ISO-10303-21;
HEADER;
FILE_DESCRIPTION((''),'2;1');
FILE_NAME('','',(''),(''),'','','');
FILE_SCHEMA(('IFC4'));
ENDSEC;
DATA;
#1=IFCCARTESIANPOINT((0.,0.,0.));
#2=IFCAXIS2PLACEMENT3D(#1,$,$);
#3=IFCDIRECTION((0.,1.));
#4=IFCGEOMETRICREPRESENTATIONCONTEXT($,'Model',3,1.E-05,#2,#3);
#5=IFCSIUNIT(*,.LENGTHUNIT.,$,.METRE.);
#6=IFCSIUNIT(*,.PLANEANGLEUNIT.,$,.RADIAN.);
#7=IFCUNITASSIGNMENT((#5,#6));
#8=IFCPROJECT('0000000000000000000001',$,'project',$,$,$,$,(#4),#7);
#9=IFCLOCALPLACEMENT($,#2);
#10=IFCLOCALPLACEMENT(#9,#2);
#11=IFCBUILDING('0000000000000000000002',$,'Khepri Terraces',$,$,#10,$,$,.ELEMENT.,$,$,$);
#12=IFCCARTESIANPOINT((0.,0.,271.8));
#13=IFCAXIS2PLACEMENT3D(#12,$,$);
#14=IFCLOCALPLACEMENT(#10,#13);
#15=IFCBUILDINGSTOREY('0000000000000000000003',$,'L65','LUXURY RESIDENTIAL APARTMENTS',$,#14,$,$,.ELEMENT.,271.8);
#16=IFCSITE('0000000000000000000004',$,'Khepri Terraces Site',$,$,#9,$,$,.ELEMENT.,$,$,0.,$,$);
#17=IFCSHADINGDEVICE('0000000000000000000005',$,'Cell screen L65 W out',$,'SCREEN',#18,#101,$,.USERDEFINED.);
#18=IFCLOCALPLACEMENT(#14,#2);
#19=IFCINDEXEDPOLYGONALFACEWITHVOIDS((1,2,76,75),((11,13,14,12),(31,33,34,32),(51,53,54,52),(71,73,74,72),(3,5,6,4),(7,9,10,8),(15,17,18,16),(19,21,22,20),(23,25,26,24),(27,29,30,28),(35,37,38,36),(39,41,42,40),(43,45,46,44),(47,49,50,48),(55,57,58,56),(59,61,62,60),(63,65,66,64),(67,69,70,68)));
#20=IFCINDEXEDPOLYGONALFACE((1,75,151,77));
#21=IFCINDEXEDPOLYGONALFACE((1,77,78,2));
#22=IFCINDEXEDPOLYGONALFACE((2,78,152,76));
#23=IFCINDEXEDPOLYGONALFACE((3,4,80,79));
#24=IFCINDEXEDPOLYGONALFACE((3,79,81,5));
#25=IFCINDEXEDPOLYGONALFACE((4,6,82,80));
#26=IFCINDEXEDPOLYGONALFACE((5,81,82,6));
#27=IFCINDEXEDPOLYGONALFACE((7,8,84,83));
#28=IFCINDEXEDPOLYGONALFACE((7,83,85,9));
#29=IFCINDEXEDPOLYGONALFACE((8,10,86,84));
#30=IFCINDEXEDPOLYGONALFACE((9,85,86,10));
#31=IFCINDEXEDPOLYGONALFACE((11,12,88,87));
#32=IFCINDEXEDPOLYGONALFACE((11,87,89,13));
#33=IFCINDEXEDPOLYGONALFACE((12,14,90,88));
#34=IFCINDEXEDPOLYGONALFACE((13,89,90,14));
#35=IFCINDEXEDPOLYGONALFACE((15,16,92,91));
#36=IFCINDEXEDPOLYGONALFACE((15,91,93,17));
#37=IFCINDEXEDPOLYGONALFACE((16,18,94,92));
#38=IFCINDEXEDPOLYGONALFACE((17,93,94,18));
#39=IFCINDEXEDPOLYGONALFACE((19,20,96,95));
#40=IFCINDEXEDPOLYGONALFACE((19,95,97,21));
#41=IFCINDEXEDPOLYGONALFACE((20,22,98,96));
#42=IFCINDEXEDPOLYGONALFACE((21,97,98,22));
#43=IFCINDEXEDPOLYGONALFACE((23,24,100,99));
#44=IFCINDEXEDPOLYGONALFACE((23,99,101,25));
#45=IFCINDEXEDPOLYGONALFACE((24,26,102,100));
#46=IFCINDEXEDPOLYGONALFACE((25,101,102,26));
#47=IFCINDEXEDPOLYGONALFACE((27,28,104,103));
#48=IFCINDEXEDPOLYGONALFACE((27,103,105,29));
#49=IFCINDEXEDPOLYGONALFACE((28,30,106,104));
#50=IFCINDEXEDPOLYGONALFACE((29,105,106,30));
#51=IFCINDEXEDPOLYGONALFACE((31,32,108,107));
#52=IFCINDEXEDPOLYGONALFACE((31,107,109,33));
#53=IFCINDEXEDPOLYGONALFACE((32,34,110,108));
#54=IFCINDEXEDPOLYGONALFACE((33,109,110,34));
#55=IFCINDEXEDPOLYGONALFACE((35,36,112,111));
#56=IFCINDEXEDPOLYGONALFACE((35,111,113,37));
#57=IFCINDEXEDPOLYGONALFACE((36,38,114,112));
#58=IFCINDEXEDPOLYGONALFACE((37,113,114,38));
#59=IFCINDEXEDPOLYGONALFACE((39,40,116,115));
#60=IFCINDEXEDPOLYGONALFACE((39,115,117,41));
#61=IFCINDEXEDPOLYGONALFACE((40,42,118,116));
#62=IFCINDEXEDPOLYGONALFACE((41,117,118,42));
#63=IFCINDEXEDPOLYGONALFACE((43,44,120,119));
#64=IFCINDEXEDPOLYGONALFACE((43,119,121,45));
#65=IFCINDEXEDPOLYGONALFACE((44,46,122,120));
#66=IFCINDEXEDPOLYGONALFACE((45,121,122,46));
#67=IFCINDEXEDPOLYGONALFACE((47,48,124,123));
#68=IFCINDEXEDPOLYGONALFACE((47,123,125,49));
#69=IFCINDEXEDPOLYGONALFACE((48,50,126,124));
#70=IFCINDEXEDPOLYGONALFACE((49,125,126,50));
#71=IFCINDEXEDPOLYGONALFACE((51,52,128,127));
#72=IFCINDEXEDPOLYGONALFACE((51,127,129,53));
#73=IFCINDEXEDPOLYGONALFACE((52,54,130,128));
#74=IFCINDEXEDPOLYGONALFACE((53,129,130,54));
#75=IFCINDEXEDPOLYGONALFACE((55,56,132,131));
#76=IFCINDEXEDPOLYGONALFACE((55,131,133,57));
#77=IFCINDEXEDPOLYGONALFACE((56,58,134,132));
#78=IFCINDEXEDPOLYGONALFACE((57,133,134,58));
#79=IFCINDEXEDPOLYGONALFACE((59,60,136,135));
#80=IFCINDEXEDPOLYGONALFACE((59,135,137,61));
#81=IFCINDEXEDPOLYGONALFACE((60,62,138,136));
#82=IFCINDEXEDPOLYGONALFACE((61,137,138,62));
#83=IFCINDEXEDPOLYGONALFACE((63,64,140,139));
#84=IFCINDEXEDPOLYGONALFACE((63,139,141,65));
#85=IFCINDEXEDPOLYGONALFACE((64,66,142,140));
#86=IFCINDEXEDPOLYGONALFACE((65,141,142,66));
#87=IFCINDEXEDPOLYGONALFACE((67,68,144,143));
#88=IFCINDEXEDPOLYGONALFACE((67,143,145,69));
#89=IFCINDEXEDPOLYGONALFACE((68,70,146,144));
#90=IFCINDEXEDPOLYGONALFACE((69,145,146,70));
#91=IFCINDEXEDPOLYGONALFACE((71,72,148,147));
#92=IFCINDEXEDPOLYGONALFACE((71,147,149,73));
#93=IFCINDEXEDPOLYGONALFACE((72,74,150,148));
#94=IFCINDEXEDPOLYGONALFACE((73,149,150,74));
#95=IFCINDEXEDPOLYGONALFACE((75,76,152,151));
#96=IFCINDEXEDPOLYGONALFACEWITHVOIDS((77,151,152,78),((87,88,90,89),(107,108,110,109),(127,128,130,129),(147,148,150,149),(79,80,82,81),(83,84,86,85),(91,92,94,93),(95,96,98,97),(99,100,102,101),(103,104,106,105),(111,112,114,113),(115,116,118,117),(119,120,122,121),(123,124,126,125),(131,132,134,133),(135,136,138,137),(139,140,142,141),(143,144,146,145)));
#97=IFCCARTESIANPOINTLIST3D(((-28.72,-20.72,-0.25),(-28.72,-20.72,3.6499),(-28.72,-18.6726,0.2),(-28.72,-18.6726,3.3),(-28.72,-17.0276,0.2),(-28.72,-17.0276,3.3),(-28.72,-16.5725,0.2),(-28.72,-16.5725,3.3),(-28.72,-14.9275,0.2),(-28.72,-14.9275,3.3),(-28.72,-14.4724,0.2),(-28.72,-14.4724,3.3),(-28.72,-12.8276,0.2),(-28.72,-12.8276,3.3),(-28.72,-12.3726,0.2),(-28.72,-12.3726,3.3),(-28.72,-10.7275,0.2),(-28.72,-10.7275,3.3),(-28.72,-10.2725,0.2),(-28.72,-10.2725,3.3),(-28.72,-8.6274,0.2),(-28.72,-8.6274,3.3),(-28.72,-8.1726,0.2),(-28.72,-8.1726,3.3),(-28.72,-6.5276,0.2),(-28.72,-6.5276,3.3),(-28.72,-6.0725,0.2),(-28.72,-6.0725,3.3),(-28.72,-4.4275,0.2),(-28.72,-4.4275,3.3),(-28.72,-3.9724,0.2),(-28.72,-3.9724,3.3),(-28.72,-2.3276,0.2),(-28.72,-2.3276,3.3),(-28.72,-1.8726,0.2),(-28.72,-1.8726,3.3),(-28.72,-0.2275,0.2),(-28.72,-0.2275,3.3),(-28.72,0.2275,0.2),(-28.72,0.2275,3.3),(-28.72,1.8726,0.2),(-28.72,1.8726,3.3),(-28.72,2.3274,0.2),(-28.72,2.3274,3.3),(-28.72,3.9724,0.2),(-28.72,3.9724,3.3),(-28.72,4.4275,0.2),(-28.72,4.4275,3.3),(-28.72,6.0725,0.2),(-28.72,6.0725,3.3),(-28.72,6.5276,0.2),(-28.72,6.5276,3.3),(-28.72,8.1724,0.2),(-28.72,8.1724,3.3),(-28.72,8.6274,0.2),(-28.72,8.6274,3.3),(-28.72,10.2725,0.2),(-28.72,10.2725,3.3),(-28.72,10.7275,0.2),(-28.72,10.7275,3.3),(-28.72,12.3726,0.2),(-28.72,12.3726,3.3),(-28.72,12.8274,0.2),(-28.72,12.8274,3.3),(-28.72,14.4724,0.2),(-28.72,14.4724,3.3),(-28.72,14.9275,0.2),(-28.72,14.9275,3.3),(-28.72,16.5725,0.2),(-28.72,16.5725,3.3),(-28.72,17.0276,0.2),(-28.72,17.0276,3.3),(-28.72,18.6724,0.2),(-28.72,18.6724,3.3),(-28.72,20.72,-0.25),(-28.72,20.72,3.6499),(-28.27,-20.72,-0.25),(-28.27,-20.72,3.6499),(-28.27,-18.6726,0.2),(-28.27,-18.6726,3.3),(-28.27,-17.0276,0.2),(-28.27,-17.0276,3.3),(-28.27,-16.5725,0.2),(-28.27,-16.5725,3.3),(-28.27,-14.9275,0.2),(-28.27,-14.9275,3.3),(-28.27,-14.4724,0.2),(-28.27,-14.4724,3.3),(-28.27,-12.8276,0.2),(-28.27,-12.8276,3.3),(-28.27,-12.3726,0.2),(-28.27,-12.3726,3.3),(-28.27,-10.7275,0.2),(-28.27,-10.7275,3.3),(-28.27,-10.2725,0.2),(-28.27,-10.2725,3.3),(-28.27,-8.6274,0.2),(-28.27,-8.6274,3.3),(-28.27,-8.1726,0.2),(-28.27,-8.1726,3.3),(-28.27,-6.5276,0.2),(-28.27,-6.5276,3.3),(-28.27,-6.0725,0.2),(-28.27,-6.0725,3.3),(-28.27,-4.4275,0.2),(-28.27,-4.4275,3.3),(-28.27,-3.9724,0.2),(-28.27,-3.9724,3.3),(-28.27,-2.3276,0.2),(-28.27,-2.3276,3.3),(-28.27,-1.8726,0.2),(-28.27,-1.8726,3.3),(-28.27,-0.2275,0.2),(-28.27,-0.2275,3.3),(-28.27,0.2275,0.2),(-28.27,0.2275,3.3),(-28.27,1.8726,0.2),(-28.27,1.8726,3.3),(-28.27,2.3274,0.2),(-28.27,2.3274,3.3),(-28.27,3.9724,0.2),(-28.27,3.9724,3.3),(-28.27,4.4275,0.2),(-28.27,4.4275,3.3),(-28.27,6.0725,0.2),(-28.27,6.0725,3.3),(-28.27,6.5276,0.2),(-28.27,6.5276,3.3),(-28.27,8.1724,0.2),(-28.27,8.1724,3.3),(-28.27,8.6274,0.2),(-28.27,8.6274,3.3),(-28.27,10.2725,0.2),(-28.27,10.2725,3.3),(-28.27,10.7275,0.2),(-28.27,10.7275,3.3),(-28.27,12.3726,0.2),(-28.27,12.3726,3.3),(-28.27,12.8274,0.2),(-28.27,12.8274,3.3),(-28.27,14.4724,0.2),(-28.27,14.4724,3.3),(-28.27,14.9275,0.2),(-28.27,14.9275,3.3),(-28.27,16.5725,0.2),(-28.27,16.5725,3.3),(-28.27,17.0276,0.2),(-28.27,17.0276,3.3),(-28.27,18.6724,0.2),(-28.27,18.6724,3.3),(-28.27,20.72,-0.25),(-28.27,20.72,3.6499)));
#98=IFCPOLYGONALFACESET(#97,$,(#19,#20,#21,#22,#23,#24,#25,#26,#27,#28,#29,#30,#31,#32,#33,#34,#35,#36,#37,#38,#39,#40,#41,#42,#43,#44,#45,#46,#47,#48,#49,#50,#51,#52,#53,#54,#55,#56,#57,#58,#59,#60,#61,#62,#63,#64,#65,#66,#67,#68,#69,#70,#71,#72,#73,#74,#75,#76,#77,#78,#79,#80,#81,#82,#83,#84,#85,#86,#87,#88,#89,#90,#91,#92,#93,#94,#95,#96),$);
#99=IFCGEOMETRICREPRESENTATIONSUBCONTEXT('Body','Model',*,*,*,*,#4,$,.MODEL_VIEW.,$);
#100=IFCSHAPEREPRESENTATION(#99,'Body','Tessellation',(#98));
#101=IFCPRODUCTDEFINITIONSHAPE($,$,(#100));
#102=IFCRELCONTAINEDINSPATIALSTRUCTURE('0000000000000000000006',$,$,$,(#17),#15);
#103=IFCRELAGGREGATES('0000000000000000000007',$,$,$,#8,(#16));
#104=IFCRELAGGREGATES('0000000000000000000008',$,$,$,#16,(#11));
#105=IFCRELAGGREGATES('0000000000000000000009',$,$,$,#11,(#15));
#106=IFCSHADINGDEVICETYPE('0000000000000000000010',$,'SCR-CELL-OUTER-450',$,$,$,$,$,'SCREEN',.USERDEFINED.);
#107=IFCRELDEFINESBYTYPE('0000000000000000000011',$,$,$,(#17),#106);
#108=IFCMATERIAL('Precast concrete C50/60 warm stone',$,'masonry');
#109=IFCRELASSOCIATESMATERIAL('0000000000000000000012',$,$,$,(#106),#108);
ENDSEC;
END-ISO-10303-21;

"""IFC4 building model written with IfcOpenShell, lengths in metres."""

from ifc_helpers import new_model, si_unit, direction, frame, origin, place, context, subcontext, project, spatial, polyline, outline, extrude, material, type_object, element, save


model = new_model("IFC4")

# Units and contexts
model_context = context("Model", 3, precision=1e-05, world=origin(), true_north=direction((0.0, 1.0)))
body_context = subcontext(model_context, "Body", "Model", "MODEL_VIEW")
ifc_project = project(units=[si_unit("LENGTHUNIT", "METRE"), si_unit("PLANEANGLEUNIT", "RADIAN")], contexts=[model_context])

# Site, building, storey
site_placement = place(None, origin())
site = spatial("IfcSite", under=ifc_project, at=site_placement, Name="Khepri Terraces Site", CompositionType="ELEMENT", RefElevation=0.0)
building_placement = place(site_placement, origin())
building = spatial("IfcBuilding", under=site, at=building_placement, Name="Khepri Terraces", CompositionType="ELEMENT")
storey_placement = place(building_placement, frame((0.0, 0.0, 271.8)))
storey = spatial("IfcBuildingStorey", under=building, at=storey_placement, Name="L65", Description="LUXURY RESIDENTIAL APARTMENTS", CompositionType="ELEMENT", Elevation=271.8)

# Shared definitions
ifc_material_1 = material(Name="Precast concrete C50/60 warm stone", Category="masonry")

# Shading device
shading_device_type_1 = type_object("IfcShadingDeviceType", Name="SCR-CELL-OUTER-450", ElementType="SCREEN", PredefinedType="USERDEFINED", material=ifc_material_1)
shading_device_1_placement = place(storey_placement, frame((-28.27, 20.72, -0.25), z_axis=(-1.0, 0.0, 0.0), x_axis=(0.0, -1.0, 0.0)))
element("IfcShadingDevice", 1, at=shading_device_1_placement, inside=storey, type_object=shading_device_type_1, Name="Cell screen L65 W out", ObjectType="SCREEN", PredefinedType="USERDEFINED", context=body_context, shape_type="SweptSolid", body=[
    extrude(outline(polyline([(0.0, 0.0), (41.4399, 0.0), (41.4399, 3.8999), (0.0, 3.8999), (0.0, 0.0)]), holes=[polyline([(2.0476, 0.45), (3.6924, 0.45), (3.6924, 3.55), (2.0476, 3.55), (2.0476, 0.45)]), polyline([(4.1475, 0.45), (5.7925, 0.45), (5.7925, 3.55), (4.1475, 3.55), (4.1475, 0.45)]), polyline([(6.2476, 0.45), (7.8926, 0.45), (7.8926, 3.55), (6.2476, 3.55), (6.2476, 0.45)]), polyline([(8.3474, 0.45), (9.9924, 0.45), (9.9924, 3.55), (8.3474, 3.55), (8.3474, 0.45)]), polyline([(10.4475, 0.45), (12.0925, 0.45), (12.0925, 3.55), (10.4475, 3.55), (10.4475, 0.45)]), polyline([(12.5476, 0.45), (14.1924, 0.45), (14.1924, 3.55), (12.5476, 3.55), (12.5476, 0.45)]), polyline([(14.6475, 0.45), (16.2925, 0.45), (16.2925, 3.55), (14.6475, 3.55), (14.6475, 0.45)]), polyline([(16.7476, 0.45), (18.3926, 0.45), (18.3926, 3.55), (16.7476, 3.55), (16.7476, 0.45)]), polyline([(18.8474, 0.45), (20.4924, 0.45), (20.4924, 3.55), (18.8474, 3.55), (18.8474, 0.45)]), polyline([(20.9475, 0.45), (22.5925, 0.45), (22.5925, 3.55), (20.9475, 3.55), (20.9475, 0.45)]), polyline([(23.0476, 0.45), (24.6924, 0.45), (24.6924, 3.55), (23.0476, 3.55), (23.0476, 0.45)]), polyline([(25.1475, 0.45), (26.7925, 0.45), (26.7925, 3.55), (25.1475, 3.55), (25.1475, 0.45)]), polyline([(27.2476, 0.45), (28.8926, 0.45), (28.8926, 3.55), (27.2476, 3.55), (27.2476, 0.45)]), polyline([(29.3474, 0.45), (30.9924, 0.45), (30.9924, 3.55), (29.3474, 3.55), (29.3474, 0.45)]), polyline([(31.4475, 0.45), (33.0925, 0.45), (33.0925, 3.55), (31.4475, 3.55), (31.4475, 0.45)]), polyline([(33.5476, 0.45), (35.1924, 0.45), (35.1924, 3.55), (33.5476, 3.55), (33.5476, 0.45)]), polyline([(35.6475, 0.45), (37.2925, 0.45), (37.2925, 3.55), (35.6475, 3.55), (35.6475, 0.45)]), polyline([(37.7476, 0.45), (39.3926, 0.45), (39.3926, 3.55), (37.7476, 3.55), (37.7476, 0.45)])]), origin(), (0.0, 0.0, 1.0), 0.45),
])

save(model, "model.ifc")
